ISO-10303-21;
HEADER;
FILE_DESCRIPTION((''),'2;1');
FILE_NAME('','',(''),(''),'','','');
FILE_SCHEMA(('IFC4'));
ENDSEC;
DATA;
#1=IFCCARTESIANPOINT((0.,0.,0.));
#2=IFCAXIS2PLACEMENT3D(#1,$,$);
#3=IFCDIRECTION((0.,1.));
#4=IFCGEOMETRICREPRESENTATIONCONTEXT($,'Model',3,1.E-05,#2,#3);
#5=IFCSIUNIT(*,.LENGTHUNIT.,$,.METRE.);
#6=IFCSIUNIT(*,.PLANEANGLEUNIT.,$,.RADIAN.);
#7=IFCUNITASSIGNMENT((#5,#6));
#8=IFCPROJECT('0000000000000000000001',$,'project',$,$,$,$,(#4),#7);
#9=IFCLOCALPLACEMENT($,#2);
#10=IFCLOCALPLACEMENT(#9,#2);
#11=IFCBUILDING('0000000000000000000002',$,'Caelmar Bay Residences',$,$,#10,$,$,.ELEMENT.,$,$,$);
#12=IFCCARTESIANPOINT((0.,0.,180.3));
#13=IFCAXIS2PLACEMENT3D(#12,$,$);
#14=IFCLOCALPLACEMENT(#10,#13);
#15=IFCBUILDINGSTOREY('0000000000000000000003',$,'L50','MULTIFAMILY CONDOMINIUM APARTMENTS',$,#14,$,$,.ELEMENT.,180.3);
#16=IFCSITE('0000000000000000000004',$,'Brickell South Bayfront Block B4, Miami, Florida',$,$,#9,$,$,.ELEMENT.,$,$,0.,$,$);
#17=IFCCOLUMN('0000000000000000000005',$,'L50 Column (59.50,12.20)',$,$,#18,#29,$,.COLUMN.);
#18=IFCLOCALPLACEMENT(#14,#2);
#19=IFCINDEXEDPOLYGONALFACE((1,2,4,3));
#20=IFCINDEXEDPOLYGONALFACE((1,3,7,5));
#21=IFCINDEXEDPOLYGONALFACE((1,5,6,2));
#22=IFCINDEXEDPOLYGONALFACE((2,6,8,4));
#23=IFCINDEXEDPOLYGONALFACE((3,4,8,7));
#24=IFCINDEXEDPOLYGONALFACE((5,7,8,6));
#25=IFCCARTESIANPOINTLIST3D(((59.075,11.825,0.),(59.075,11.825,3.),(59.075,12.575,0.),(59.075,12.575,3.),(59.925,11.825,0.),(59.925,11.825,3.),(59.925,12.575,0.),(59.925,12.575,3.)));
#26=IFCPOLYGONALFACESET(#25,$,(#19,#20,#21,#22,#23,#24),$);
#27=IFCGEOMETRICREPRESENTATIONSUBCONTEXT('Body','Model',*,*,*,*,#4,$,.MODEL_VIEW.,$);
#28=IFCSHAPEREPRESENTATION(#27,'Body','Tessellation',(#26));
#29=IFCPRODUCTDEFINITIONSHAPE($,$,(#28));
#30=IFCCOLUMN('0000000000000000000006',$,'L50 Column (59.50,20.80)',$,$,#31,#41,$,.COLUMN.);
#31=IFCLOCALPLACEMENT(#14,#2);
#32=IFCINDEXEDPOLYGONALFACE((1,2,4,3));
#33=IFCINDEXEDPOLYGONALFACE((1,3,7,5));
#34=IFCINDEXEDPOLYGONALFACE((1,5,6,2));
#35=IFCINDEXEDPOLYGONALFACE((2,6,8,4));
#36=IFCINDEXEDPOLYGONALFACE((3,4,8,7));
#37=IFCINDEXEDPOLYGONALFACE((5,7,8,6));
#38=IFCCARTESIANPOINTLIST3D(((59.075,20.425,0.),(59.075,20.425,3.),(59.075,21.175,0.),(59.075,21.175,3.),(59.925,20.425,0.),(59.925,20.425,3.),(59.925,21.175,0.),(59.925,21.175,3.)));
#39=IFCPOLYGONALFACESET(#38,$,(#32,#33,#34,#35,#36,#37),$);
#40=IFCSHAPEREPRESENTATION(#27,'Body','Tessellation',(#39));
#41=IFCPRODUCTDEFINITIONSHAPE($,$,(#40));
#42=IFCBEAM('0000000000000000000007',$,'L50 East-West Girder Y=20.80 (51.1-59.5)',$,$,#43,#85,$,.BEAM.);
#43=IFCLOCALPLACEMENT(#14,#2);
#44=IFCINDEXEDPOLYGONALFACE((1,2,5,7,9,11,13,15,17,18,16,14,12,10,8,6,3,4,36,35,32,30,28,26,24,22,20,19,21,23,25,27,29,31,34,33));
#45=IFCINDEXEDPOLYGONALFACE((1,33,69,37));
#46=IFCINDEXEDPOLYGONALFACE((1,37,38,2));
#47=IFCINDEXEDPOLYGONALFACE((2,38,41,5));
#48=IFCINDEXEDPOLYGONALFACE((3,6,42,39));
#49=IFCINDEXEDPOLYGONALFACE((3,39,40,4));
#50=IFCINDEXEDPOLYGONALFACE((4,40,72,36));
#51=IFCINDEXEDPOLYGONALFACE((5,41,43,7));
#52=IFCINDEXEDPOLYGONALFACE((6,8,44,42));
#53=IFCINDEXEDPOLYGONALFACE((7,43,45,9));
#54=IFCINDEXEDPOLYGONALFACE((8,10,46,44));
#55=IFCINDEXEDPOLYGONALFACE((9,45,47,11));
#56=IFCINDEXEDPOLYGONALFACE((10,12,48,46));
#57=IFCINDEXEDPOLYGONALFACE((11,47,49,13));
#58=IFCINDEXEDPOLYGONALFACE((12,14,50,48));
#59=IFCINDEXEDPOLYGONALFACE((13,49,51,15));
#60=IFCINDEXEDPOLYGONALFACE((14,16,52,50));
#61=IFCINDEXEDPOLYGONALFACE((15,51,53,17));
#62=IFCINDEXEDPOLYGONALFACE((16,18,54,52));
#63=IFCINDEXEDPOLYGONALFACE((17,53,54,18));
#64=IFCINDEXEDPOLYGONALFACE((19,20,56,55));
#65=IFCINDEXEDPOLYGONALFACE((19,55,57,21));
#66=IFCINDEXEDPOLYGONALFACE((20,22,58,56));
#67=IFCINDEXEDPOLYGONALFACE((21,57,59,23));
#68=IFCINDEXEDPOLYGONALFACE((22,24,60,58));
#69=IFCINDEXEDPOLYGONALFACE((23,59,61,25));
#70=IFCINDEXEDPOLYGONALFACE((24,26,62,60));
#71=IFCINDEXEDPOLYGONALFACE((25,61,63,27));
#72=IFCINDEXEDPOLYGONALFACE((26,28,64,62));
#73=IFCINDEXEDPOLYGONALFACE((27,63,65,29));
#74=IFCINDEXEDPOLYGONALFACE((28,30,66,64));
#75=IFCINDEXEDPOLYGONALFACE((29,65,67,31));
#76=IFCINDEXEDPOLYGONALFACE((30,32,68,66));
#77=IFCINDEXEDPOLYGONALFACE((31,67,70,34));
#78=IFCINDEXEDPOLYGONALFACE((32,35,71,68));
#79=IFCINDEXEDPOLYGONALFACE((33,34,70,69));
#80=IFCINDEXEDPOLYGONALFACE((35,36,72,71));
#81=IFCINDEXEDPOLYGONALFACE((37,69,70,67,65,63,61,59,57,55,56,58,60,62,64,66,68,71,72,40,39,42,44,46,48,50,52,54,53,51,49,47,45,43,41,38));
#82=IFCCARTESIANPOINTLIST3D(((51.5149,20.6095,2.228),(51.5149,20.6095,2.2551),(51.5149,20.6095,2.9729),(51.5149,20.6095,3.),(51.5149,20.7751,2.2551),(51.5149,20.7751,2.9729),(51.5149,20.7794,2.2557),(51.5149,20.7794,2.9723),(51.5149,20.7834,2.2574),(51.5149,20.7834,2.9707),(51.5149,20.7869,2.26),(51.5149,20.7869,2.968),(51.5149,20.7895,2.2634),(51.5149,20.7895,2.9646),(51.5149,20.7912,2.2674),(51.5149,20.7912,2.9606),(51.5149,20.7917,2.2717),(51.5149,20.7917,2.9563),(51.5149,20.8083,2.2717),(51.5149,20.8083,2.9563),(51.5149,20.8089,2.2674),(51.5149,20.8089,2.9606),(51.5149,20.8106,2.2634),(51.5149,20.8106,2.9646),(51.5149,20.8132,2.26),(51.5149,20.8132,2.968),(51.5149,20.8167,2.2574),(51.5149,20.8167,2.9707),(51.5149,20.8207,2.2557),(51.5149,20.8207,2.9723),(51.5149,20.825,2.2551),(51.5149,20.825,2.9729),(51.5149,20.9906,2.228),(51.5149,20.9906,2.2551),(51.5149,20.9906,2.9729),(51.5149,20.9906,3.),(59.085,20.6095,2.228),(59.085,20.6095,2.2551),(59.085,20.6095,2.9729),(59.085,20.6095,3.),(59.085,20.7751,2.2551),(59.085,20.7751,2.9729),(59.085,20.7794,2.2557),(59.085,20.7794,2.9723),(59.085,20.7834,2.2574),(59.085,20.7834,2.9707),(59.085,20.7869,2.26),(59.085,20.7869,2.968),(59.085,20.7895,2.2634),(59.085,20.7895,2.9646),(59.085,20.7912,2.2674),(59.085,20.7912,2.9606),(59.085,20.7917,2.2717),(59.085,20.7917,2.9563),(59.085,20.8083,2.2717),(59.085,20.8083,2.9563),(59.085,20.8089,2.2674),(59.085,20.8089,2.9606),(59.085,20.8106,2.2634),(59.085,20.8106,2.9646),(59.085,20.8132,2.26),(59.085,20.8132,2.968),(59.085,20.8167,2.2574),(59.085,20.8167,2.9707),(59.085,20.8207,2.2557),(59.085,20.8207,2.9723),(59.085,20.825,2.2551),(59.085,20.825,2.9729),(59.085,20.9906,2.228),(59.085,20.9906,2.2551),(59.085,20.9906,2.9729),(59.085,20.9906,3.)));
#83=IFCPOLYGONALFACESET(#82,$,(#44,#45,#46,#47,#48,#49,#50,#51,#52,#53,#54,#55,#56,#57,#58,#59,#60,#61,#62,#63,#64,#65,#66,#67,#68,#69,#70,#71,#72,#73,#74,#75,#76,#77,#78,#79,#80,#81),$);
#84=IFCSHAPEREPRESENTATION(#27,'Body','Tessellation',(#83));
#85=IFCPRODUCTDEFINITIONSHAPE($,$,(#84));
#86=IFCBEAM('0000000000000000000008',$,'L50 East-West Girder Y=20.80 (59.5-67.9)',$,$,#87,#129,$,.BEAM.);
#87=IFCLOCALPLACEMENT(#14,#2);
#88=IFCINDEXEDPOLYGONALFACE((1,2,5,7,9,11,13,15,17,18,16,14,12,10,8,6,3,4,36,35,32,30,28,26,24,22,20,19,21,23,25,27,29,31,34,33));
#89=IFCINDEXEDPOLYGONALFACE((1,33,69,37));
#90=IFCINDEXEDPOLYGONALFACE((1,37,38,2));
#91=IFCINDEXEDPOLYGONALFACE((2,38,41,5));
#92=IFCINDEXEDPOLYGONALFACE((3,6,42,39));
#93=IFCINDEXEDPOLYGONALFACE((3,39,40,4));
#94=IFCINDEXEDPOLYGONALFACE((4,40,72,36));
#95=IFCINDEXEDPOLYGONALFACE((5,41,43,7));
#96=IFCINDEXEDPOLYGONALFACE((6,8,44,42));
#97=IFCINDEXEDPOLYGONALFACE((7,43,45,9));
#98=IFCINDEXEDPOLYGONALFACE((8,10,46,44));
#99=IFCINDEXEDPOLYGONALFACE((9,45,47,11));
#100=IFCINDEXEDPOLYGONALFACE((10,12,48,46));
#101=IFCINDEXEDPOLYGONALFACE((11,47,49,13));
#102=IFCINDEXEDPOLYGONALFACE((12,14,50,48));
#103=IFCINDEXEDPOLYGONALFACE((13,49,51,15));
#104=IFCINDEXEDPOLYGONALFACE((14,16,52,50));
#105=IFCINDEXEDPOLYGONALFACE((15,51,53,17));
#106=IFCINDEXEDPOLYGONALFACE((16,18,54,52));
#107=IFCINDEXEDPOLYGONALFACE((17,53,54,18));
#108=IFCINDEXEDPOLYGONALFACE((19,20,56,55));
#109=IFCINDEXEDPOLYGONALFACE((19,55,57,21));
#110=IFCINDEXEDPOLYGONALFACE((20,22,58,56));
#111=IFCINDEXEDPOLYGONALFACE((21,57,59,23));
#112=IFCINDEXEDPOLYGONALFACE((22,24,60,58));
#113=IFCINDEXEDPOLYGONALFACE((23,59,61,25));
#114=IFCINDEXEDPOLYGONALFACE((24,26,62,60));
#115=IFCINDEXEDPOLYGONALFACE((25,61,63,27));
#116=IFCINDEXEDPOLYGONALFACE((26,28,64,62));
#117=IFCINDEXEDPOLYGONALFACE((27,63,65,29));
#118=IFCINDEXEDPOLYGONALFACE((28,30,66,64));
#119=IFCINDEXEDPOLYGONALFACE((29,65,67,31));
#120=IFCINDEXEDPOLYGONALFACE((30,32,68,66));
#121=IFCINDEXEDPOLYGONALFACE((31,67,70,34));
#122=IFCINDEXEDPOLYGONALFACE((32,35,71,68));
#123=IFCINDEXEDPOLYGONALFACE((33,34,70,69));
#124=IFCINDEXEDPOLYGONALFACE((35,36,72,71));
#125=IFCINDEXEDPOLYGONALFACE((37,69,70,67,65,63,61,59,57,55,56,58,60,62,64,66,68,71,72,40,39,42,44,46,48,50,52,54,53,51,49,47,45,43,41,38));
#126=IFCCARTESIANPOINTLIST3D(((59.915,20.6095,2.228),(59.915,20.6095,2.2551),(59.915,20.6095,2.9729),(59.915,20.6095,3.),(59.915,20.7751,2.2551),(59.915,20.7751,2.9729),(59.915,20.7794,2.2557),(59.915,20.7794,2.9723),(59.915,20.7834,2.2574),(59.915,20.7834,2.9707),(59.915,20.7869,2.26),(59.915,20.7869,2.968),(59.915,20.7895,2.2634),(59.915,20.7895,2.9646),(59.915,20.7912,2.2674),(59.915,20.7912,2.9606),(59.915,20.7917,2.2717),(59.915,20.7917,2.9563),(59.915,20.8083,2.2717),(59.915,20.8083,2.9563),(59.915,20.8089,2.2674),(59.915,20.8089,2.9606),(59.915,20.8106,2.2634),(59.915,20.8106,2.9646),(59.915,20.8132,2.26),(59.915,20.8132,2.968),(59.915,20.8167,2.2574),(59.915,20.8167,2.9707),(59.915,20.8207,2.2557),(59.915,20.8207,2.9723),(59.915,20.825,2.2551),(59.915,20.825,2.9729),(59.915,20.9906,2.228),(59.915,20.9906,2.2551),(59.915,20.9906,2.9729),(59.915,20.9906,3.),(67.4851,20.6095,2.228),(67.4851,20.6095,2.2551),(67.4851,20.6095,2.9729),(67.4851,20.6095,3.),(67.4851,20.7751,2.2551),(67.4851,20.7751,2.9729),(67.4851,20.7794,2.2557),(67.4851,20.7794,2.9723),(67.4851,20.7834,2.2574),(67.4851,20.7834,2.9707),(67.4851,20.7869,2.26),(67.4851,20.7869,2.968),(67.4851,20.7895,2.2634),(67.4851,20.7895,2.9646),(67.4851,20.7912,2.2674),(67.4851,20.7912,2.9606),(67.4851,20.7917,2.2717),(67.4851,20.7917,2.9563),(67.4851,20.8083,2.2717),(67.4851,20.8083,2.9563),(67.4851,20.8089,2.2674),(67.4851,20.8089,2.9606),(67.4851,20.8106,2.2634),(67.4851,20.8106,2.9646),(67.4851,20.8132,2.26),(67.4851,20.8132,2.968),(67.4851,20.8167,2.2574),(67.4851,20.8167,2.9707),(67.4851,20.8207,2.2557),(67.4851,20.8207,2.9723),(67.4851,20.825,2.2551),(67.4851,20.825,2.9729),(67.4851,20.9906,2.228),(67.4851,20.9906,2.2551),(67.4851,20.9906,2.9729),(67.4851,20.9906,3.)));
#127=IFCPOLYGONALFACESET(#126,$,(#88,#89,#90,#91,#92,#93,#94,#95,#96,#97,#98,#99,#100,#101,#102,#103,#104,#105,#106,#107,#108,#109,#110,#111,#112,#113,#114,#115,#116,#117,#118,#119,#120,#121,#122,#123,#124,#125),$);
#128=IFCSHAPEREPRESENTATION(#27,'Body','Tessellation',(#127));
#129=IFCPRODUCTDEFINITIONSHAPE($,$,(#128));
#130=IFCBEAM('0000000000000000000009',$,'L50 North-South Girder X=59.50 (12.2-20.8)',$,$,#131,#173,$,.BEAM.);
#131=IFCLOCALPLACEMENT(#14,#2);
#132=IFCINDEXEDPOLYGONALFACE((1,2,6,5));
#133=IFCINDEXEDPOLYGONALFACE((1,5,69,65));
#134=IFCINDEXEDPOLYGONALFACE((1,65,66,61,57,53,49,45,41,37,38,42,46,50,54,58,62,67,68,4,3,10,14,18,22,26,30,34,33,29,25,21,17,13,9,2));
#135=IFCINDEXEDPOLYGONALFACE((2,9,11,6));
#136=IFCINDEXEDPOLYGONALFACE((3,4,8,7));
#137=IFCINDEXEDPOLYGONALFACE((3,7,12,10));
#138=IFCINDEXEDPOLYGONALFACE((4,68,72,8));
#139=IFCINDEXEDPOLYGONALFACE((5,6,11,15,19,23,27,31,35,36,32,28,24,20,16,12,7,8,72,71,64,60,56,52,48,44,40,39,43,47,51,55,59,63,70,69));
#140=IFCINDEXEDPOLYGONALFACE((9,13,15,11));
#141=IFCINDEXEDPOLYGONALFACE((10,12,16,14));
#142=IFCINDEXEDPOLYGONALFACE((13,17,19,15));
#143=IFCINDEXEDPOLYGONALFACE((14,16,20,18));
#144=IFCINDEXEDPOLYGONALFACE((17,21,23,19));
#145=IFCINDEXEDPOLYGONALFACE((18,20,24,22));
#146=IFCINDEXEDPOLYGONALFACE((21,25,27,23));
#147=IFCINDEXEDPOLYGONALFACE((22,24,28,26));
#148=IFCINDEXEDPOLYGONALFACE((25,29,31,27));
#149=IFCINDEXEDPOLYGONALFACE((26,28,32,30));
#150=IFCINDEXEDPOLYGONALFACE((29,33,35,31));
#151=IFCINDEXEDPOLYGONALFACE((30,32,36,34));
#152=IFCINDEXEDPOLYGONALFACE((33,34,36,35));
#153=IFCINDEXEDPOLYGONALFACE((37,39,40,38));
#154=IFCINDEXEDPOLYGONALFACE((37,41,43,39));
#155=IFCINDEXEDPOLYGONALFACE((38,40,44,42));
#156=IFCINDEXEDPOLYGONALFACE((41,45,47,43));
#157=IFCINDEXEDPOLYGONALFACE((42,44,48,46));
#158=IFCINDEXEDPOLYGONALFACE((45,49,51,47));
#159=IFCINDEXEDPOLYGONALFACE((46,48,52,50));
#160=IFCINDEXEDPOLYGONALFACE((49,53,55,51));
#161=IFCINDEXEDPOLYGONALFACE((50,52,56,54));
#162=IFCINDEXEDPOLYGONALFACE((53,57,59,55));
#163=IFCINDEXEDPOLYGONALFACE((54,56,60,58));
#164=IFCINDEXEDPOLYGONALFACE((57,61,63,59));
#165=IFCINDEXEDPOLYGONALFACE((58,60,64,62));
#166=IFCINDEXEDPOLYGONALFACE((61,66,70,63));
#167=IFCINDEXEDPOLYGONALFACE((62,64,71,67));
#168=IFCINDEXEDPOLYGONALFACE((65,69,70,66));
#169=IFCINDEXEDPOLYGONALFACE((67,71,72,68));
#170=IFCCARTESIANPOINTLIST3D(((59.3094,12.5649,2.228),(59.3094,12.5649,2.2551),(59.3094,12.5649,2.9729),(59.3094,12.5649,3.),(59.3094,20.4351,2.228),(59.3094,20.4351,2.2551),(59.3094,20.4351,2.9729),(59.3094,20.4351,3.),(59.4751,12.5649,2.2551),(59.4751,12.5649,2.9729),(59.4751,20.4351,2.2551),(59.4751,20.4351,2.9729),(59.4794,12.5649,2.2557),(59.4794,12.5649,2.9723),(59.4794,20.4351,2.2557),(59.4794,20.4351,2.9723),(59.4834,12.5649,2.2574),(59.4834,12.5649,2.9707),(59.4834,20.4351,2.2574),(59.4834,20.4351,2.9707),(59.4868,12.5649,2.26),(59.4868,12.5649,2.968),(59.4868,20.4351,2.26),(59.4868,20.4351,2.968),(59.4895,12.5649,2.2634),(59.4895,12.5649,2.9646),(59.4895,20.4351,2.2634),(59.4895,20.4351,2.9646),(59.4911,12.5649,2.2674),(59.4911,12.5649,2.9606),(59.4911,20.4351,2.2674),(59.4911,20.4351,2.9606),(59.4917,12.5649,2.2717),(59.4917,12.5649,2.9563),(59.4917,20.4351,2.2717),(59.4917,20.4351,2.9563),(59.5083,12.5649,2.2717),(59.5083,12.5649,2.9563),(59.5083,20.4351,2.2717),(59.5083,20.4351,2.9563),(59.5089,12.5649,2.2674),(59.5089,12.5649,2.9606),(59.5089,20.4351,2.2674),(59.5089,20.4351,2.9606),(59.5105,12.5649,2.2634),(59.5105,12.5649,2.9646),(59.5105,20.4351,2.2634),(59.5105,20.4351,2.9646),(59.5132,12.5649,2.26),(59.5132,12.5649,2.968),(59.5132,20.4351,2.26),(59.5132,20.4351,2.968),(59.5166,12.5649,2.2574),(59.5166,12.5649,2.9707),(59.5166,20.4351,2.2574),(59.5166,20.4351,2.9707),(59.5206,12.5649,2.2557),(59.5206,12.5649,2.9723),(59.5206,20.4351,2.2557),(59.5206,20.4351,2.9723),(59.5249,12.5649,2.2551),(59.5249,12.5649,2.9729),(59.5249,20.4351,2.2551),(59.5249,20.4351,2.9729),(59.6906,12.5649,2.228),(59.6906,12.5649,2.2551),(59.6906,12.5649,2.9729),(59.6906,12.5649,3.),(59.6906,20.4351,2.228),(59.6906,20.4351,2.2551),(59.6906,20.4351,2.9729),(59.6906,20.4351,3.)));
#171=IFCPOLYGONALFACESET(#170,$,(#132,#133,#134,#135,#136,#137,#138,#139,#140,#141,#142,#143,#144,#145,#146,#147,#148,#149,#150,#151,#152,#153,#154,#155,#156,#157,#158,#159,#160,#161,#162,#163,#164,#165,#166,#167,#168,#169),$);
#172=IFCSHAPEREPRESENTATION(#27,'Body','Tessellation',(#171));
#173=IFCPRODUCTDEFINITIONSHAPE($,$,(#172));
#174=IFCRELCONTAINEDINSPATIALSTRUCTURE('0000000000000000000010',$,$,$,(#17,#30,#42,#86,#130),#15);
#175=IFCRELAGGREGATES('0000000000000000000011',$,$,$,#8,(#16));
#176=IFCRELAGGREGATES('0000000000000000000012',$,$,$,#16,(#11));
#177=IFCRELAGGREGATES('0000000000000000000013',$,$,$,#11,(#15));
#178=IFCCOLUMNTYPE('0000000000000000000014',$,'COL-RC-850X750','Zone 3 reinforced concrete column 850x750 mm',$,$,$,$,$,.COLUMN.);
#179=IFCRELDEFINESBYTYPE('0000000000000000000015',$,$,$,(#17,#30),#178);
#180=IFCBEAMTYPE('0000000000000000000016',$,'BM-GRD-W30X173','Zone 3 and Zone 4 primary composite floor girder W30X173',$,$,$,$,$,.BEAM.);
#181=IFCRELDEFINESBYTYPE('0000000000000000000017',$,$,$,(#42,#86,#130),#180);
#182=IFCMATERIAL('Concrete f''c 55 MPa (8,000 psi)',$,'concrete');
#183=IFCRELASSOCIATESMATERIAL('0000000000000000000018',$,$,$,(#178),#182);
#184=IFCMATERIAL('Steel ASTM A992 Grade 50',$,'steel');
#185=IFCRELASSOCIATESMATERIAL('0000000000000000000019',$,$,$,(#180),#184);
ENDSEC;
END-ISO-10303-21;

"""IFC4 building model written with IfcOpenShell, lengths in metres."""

from ifc_helpers import new_model, si_unit, direction, frame, origin, origin_2d, place, context, subcontext, project, spatial, rectangle, i_section, extrude, material, material_profile, profile_set, type_object, element, save


model = new_model("IFC4")

# Units and contexts
model_context = context("Model", 3, precision=1e-05, world=origin(), true_north=direction((0.0, 1.0)))
body_context = subcontext(model_context, "Body", "Model", "MODEL_VIEW")
ifc_project = project(units=[si_unit("LENGTHUNIT", "METRE"), si_unit("PLANEANGLEUNIT", "RADIAN")], contexts=[model_context])

# Site, building, storey
site_placement = place(None, origin())
site = spatial("IfcSite", under=ifc_project, at=site_placement, Name="Brickell South Bayfront Block B4, Miami, Florida", CompositionType="ELEMENT", RefElevation=0.0)
building_placement = place(site_placement, origin())
building = spatial("IfcBuilding", under=site, at=building_placement, Name="Caelmar Bay Residences", CompositionType="ELEMENT")
storey_placement = place(building_placement, frame((0.0, 0.0, 180.3)))
storey = spatial("IfcBuildingStorey", under=building, at=storey_placement, Name="L50", Description="MULTIFAMILY CONDOMINIUM APARTMENTS", CompositionType="ELEMENT", Elevation=180.3)

# Columns
ifc_material_1 = material(Name="Concrete f'c 55 MPa (8,000 psi)", Category="concrete")
ifc_material_profile_1 = material_profile(ifc_material_1, rectangle(XDim=0.8501, YDim=0.75, at=origin_2d()), Name="RC-COL-850X750")
ifc_profile_set_1 = profile_set([ifc_material_profile_1], Name="Concrete f'c 55 MPa (8,000 psi)")
column_type = type_object("IfcColumnType", Name="COL-RC-850X750", Description="Zone 3 reinforced concrete column 850x750 mm", PredefinedType="COLUMN", material=ifc_profile_set_1)
for number, where, z_axis, x_axis, name in (
    (1, (59.5, 12.2, 0.0), (0.0, 0.0, 1.0), (1.0, 0.0, 0.0), "L50 Column (59.50,12.20)"),
    (2, (59.5, 20.8, 0.0), (0.0, 0.0, 1.0), (1.0, 0.0, 0.0), "L50 Column (59.50,20.80)"),
):
    element("IfcColumn", number, at=place(storey_placement, frame(where, z_axis=z_axis, x_axis=x_axis)), inside=storey, type_object=column_type, Name=name, PredefinedType="COLUMN", context=body_context, shape_type="SweptSolid", body=[
        extrude(rectangle(XDim=0.8501, YDim=0.75, at=origin_2d()), origin(), (0.0, 0.0, 1.0), 3.0),
    ])

# Beams
ifc_material_2 = material(Name="Steel ASTM A992 Grade 50", Category="steel")
ifc_material_profile_2 = material_profile(ifc_material_2, i_section(OverallWidth=0.3811, OverallDepth=0.772, WebThickness=0.0166, FlangeThickness=0.0271, FilletRadius=0.0166, at=origin_2d()), Name="W30X173")
ifc_profile_set_2 = profile_set([ifc_material_profile_2], Name="Steel ASTM A992 Grade 50")
beam_type_1 = type_object("IfcBeamType", Name="BM-GRD-W30X173", Description="Zone 3 and Zone 4 primary composite floor girder W30X173", PredefinedType="BEAM", material=ifc_profile_set_2)
for number, where, z_axis, x_axis, name in (
    (3, (51.5149, 20.8, 2.614), (1.0, 0.0, 0.0), (0.0, 1.0, 0.0), "L50 East-West Girder Y=20.80 (51.1-59.5)"),
    (4, (59.915, 20.8, 2.614), (1.0, 0.0, 0.0), (0.0, 1.0, 0.0), "L50 East-West Girder Y=20.80 (59.5-67.9)"),
):
    element("IfcBeam", number, at=place(storey_placement, frame(where, z_axis=z_axis, x_axis=x_axis)), inside=storey, type_object=beam_type_1, Name=name, PredefinedType="BEAM", context=body_context, shape_type="SweptSolid", body=[
        extrude(i_section(OverallWidth=0.3811, OverallDepth=0.772, WebThickness=0.0166, FlangeThickness=0.0271, FilletRadius=0.0166, at=origin_2d()), origin(), (0.0, 0.0, 1.0), 7.5701),
    ])
beam_1_placement = place(storey_placement, frame((59.5, 12.5649, 2.614), z_axis=(0.0, 1.0, 0.0), x_axis=(-1.0, 0.0, 0.0)))
element("IfcBeam", 5, at=beam_1_placement, inside=storey, type_object=beam_type_1, Name="L50 North-South Girder X=59.50 (12.2-20.8)", PredefinedType="BEAM", context=body_context, shape_type="SweptSolid", body=[
    extrude(i_section(OverallWidth=0.3811, OverallDepth=0.772, WebThickness=0.0166, FlangeThickness=0.0271, FilletRadius=0.0166, at=origin_2d()), origin(), (0.0, 0.0, 1.0), 7.8701),
])

save(model, "model.ifc")
